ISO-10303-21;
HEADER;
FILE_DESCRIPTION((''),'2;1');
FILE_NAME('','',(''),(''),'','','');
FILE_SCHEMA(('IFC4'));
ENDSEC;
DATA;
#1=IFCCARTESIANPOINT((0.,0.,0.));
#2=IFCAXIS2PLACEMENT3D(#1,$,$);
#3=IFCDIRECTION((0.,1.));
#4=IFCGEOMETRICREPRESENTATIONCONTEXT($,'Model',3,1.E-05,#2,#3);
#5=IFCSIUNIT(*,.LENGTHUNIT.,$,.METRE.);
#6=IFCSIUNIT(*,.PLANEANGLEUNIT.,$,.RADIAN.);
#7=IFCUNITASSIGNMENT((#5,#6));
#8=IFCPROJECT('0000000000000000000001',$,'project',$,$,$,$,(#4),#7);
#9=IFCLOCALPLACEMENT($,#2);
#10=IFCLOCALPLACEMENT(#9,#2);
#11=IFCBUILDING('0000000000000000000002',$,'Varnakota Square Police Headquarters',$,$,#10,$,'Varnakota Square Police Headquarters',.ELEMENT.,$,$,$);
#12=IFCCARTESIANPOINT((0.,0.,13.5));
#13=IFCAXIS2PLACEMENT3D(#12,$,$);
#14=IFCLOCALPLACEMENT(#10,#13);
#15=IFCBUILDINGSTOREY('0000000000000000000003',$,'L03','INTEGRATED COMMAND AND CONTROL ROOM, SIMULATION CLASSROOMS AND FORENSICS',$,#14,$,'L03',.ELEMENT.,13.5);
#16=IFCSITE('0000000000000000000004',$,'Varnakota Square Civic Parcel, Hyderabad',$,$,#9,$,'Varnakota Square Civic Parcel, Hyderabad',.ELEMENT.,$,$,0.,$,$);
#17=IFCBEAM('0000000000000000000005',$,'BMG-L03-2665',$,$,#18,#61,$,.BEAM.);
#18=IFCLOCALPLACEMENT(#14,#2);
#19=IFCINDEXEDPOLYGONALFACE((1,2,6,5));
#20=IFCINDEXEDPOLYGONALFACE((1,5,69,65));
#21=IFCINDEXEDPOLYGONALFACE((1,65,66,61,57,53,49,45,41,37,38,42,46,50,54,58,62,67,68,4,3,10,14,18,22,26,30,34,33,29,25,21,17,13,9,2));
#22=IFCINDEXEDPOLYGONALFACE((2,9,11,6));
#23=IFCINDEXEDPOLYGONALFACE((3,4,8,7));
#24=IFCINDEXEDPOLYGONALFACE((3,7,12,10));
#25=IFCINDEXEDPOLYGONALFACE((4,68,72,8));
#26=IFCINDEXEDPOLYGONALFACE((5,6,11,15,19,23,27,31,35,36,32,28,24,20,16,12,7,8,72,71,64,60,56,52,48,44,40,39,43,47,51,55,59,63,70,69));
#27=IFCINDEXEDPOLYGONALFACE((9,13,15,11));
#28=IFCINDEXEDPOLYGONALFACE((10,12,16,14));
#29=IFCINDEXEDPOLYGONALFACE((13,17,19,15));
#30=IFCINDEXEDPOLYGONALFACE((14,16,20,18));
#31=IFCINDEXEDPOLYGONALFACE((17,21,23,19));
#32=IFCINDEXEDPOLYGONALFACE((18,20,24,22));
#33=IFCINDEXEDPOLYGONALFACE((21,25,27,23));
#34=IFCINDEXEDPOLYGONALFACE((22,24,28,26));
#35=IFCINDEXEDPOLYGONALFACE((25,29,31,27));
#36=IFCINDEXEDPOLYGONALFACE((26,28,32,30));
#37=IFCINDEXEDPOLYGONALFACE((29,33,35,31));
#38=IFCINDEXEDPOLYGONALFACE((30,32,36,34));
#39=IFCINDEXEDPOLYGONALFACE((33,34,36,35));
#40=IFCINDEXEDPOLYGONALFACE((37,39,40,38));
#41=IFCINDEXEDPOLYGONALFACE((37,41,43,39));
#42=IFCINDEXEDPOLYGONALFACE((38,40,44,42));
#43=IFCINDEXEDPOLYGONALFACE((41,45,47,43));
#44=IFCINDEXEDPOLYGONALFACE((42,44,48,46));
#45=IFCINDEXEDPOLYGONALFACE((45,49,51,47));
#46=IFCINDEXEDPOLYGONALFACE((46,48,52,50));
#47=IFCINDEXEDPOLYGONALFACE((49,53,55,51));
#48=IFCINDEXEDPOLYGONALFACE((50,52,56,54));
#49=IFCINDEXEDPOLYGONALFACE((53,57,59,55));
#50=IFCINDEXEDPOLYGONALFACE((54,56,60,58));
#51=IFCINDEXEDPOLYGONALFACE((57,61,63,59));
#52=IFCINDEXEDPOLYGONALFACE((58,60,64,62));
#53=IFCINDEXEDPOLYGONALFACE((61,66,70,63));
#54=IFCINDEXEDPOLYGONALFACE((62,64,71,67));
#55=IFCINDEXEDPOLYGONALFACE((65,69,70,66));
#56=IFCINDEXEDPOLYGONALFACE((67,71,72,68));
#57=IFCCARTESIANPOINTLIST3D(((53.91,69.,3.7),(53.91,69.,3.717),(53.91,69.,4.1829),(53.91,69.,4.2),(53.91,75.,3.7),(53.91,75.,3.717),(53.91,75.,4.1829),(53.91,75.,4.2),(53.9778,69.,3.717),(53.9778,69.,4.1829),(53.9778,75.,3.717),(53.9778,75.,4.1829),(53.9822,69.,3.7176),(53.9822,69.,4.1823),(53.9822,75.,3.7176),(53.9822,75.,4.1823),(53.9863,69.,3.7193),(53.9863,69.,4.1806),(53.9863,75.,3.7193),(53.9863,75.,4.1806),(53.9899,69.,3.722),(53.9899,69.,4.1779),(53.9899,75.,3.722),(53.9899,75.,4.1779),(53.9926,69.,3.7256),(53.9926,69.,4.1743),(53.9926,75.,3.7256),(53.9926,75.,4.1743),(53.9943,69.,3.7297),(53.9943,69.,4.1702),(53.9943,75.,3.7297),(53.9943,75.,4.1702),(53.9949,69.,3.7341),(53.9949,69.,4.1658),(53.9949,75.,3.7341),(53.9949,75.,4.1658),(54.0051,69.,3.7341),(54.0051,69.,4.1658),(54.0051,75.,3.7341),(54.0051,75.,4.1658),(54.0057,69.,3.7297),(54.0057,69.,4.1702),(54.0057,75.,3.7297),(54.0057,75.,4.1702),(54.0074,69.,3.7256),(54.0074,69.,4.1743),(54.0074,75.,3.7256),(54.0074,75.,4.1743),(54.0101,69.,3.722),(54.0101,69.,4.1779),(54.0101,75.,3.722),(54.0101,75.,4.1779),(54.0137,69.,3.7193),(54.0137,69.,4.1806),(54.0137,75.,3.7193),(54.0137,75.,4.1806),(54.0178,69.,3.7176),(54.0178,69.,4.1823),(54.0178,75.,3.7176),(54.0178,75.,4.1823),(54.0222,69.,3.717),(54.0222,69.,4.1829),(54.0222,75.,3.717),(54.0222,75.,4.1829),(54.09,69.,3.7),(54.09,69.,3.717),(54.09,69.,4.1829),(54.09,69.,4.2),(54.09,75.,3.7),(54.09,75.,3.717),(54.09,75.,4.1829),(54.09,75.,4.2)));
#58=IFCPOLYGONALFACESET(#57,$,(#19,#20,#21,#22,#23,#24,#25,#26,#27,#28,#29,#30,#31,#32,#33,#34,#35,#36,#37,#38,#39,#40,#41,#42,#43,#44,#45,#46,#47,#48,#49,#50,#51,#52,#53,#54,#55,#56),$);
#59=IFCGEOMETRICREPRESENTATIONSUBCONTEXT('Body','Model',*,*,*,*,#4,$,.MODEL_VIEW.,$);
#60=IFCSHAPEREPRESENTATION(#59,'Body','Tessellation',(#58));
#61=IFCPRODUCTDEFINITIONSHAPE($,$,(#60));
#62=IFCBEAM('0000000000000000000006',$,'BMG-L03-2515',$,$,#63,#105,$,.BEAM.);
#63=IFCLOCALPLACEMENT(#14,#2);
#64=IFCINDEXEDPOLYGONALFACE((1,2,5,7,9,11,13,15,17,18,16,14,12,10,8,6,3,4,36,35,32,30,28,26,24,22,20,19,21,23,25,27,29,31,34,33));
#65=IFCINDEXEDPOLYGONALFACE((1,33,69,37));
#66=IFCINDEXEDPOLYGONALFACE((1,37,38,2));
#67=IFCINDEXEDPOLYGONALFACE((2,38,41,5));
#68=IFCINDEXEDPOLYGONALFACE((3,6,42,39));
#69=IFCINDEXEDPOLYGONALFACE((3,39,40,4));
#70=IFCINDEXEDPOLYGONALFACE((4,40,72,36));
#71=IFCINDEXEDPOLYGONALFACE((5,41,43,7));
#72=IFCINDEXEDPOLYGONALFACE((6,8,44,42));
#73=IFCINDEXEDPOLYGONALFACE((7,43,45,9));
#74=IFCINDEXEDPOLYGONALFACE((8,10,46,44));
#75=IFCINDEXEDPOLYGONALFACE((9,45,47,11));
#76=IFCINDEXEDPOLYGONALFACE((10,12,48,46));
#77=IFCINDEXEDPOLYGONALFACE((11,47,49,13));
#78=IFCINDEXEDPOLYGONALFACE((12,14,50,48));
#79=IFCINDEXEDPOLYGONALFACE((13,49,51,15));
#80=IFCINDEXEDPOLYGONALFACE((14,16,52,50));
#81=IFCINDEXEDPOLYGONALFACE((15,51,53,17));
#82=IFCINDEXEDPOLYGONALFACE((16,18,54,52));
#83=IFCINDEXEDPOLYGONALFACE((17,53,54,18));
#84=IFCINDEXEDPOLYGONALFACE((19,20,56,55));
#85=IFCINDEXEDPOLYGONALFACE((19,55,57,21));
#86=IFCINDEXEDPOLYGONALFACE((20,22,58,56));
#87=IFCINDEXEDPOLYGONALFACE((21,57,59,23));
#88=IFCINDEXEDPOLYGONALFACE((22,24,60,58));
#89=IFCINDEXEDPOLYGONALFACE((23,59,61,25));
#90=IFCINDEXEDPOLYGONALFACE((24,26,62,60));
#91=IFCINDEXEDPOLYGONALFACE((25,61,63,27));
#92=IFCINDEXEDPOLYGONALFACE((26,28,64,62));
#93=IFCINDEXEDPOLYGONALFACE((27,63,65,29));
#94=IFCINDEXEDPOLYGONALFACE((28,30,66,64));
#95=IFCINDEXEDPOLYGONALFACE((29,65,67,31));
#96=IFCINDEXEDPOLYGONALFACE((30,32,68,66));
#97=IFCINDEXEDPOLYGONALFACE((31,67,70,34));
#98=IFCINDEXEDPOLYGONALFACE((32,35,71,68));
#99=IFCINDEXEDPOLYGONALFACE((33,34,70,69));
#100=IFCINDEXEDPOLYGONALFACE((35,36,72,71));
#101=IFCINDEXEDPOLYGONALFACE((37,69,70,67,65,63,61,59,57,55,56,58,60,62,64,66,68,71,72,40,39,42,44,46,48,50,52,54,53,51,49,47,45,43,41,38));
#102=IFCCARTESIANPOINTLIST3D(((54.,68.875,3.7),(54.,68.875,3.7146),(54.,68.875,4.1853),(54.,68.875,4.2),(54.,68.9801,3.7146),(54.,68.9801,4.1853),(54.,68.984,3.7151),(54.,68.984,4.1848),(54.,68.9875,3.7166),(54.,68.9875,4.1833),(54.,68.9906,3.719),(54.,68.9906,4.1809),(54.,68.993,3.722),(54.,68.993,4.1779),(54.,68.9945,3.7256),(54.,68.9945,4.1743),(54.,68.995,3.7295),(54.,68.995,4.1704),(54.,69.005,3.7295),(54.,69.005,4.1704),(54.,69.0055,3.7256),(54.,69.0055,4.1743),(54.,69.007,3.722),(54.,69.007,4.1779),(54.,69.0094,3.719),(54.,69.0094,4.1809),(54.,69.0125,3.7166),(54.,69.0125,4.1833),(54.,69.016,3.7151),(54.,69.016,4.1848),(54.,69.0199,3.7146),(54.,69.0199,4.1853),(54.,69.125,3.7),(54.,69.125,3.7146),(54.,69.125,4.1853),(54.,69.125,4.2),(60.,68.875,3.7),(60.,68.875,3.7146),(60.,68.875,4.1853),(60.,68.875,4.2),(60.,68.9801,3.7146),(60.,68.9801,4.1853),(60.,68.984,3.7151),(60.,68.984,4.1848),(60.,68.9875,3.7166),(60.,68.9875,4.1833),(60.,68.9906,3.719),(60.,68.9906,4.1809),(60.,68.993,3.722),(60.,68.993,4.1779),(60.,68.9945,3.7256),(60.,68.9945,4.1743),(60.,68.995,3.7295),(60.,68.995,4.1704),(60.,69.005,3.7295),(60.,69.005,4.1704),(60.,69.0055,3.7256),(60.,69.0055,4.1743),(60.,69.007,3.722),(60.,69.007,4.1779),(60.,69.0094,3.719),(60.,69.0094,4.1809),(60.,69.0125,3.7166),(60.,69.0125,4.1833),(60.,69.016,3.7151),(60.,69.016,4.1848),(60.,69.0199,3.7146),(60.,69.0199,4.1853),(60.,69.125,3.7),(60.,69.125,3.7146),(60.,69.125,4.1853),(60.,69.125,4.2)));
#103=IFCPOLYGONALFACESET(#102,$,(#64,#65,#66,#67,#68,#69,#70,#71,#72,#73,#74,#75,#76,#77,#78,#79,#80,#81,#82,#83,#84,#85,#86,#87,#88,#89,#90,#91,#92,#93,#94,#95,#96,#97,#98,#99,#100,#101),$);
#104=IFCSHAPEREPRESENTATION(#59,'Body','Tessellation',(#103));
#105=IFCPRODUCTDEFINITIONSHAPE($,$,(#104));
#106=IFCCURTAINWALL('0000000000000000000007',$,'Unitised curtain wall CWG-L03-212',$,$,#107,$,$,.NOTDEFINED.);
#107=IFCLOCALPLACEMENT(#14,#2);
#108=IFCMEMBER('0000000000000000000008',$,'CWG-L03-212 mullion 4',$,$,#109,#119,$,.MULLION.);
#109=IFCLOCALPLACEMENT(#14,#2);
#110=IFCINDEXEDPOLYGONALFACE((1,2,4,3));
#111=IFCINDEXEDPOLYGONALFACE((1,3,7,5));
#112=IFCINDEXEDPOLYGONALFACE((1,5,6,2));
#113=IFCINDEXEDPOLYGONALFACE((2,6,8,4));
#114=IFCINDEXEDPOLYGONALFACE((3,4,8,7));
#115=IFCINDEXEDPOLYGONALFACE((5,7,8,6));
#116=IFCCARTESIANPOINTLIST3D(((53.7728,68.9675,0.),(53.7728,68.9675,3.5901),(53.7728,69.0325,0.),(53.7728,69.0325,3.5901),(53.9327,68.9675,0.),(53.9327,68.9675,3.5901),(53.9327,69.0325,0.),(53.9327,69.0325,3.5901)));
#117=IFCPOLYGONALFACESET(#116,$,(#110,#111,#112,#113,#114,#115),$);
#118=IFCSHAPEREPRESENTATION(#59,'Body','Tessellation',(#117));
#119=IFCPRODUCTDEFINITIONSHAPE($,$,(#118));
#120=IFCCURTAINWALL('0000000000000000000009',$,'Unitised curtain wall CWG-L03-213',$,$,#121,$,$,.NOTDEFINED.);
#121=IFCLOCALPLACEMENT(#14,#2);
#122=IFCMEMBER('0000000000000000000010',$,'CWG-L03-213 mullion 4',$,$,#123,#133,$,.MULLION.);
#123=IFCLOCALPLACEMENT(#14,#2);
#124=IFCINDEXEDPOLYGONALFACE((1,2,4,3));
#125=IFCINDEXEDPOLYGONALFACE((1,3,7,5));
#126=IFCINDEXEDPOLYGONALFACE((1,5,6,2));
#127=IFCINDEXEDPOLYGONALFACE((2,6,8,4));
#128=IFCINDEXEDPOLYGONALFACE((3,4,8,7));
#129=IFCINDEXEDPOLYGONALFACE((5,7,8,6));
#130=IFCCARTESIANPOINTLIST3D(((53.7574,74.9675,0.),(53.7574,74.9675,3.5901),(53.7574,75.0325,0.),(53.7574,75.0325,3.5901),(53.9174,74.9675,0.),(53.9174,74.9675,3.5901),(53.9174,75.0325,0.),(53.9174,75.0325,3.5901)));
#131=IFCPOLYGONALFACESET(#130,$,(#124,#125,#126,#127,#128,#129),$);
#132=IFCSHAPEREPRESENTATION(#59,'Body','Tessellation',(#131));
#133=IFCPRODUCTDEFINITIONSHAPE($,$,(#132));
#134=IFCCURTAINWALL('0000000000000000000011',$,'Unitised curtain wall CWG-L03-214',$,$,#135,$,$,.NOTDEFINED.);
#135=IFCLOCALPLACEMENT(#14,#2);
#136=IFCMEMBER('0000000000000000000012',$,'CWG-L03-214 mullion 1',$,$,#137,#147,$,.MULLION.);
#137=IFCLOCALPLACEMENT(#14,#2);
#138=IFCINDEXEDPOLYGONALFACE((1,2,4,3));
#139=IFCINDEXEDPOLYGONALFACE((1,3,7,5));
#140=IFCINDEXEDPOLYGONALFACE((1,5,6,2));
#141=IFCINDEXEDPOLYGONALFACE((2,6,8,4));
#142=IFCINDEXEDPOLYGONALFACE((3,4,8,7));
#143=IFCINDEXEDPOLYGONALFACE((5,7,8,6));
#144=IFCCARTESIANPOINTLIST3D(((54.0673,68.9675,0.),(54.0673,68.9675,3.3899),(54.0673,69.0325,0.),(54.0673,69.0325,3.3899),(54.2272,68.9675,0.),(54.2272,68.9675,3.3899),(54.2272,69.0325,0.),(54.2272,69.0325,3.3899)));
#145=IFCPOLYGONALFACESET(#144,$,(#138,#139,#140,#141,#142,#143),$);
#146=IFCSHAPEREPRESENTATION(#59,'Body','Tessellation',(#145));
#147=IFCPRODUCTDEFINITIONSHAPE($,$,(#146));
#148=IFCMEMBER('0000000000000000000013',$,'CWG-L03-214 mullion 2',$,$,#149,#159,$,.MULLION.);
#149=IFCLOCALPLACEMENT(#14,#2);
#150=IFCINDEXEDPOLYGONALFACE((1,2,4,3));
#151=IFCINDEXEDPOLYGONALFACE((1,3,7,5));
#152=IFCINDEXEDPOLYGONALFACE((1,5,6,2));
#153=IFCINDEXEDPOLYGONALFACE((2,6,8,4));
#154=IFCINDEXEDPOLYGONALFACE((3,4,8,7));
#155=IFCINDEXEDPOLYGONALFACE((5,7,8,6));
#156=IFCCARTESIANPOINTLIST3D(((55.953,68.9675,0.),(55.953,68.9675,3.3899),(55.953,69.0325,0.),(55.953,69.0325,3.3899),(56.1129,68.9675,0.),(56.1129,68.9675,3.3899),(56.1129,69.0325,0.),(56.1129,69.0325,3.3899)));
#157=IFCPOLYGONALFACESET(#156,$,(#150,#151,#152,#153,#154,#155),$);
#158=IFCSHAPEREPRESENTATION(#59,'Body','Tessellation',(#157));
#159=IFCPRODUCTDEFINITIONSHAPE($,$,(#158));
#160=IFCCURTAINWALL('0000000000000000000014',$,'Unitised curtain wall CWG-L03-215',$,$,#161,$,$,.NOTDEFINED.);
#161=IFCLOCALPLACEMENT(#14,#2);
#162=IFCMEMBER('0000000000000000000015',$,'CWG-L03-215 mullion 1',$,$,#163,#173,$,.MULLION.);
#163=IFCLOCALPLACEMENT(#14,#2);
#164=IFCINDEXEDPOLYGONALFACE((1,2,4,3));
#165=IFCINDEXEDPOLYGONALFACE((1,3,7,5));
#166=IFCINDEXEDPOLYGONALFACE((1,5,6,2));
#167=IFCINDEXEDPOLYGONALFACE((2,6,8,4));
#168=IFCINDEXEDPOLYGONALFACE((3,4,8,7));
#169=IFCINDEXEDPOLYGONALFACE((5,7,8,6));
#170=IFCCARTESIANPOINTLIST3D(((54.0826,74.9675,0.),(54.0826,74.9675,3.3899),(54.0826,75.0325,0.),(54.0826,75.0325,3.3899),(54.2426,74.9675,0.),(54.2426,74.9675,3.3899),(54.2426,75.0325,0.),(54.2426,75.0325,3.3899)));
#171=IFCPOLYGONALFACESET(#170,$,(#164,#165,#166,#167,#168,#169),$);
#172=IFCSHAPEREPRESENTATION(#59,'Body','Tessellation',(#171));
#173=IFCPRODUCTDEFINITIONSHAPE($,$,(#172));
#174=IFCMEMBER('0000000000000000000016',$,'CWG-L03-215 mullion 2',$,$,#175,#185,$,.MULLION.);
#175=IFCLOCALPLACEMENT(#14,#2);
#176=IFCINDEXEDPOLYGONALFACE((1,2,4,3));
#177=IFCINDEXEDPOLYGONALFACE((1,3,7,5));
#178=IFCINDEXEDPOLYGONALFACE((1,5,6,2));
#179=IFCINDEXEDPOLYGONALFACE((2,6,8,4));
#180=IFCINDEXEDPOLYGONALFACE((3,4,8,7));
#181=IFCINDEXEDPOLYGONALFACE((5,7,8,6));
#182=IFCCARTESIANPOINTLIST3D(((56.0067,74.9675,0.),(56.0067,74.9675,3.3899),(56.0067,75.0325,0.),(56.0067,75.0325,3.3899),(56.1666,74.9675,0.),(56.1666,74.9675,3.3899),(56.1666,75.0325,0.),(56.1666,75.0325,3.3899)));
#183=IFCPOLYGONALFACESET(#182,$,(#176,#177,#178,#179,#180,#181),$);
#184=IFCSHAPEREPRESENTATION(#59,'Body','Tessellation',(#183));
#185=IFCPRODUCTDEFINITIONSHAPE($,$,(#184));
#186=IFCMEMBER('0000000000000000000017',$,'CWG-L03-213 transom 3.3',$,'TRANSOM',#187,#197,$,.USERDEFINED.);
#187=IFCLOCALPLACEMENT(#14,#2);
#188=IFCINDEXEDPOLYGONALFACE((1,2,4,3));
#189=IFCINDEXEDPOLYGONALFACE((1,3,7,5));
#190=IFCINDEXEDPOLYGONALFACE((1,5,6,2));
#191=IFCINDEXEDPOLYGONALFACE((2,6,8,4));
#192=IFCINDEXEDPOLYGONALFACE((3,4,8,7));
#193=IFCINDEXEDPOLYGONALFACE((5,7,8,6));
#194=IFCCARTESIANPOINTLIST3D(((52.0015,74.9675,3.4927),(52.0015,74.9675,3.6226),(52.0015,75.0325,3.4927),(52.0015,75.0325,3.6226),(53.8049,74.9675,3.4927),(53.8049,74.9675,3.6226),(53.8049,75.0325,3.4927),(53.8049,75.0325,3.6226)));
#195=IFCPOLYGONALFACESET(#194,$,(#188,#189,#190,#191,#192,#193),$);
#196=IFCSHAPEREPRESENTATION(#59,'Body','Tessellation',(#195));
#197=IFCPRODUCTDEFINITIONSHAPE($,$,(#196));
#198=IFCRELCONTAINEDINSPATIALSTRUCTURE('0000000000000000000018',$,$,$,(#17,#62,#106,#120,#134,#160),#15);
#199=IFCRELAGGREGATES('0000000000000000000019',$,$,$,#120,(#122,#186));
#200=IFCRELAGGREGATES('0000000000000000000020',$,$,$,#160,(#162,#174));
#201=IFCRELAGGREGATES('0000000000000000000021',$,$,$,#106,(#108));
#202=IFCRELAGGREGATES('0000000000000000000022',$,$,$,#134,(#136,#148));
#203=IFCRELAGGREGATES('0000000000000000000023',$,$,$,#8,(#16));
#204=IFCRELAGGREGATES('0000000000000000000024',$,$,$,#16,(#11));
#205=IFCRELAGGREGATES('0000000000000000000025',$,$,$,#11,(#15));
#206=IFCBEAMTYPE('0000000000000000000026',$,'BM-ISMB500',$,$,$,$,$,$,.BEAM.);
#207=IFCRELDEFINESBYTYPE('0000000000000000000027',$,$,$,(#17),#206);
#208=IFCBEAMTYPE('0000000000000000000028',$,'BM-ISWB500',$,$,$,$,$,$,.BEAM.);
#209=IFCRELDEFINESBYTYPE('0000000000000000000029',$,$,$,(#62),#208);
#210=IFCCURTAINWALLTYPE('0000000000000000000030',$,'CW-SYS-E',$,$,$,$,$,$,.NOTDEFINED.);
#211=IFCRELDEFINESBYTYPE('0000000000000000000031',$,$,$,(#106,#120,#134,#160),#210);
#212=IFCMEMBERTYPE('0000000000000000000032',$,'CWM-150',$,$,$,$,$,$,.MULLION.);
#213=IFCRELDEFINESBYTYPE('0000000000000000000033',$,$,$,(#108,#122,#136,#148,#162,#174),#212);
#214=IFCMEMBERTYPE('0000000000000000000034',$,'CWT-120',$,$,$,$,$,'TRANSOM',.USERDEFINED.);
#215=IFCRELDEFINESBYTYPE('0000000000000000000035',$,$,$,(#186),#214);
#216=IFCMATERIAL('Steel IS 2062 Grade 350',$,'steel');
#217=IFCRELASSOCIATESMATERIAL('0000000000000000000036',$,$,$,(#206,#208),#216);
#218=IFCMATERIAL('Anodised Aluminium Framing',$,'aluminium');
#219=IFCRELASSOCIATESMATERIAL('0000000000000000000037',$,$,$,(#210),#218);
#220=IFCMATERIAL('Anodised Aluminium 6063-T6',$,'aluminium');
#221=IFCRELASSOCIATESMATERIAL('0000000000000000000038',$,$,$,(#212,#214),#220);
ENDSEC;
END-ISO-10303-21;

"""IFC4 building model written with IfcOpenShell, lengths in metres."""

from ifc_helpers import new_model, si_unit, direction, frame, origin, origin_2d, place, context, subcontext, project, spatial, rectangle, i_section, extrude, material, material_profile, profile_set, type_object, element, aggregate, save


model = new_model("IFC4")

# Units and contexts
model_context = context("Model", 3, precision=1e-05, world=origin(), true_north=direction((0.0, 1.0)))
body_context = subcontext(model_context, "Body", "Model", "MODEL_VIEW")
ifc_project = project(units=[si_unit("LENGTHUNIT", "METRE"), si_unit("PLANEANGLEUNIT", "RADIAN")], contexts=[model_context])

# Site, building, storey
site_placement = place(None, origin())
site = spatial("IfcSite", under=ifc_project, at=site_placement, Name="Varnakota Square Civic Parcel, Hyderabad", LongName="Varnakota Square Civic Parcel, Hyderabad", CompositionType="ELEMENT", RefElevation=0.0)
building_placement = place(site_placement, origin())
building = spatial("IfcBuilding", under=site, at=building_placement, Name="Varnakota Square Police Headquarters", LongName="Varnakota Square Police Headquarters", CompositionType="ELEMENT")
storey_placement = place(building_placement, frame((0.0, 0.0, 13.5)))
storey = spatial("IfcBuildingStorey", under=building, at=storey_placement, Name="L03", Description="INTEGRATED COMMAND AND CONTROL ROOM, SIMULATION CLASSROOMS AND FORENSICS", LongName="L03", CompositionType="ELEMENT", Elevation=13.5)

# Shared definitions
ifc_material_1 = material(Name="Steel IS 2062 Grade 350", Category="steel")

# Beams
ifc_material_profile_1 = material_profile(ifc_material_1, i_section(OverallWidth=0.1799, OverallDepth=0.5, WebThickness=0.0103, FlangeThickness=0.0171, FilletRadius=0.0171, at=origin_2d()), Name="ISMB 500")
ifc_profile_set_1 = profile_set([ifc_material_profile_1], Name="Steel IS 2062 Grade 350")
beam_type_1 = type_object("IfcBeamType", Name="BM-ISMB500", PredefinedType="BEAM", material=ifc_profile_set_1)
beam_1_placement = place(storey_placement, frame((54.0, 69.0, 3.95), z_axis=(0.0, 1.0, 0.0), x_axis=(-1.0, 0.0, 0.0)))
element("IfcBeam", 1, at=beam_1_placement, inside=storey, type_object=beam_type_1, Name="BMG-L03-2665", PredefinedType="BEAM", context=body_context, shape_type="SweptSolid", body=[
    extrude(i_section(OverallWidth=0.1799, OverallDepth=0.5, WebThickness=0.0103, FlangeThickness=0.0171, FilletRadius=0.0171, at=origin_2d()), origin(), (0.0, 0.0, 1.0), 6.0),
])
ifc_material_profile_2 = material_profile(ifc_material_1, i_section(OverallWidth=0.25, OverallDepth=0.5, WebThickness=0.01, FlangeThickness=0.0146, FilletRadius=0.0149, at=origin_2d()), Name="ISWB 500")
ifc_profile_set_2 = profile_set([ifc_material_profile_2], Name="Steel IS 2062 Grade 350")
beam_type_2 = type_object("IfcBeamType", Name="BM-ISWB500", PredefinedType="BEAM", material=ifc_profile_set_2)
beam_2_placement = place(storey_placement, frame((54.0, 69.0, 3.95), z_axis=(1.0, 0.0, 0.0), x_axis=(0.0, 1.0, 0.0)))
element("IfcBeam", 2, at=beam_2_placement, inside=storey, type_object=beam_type_2, Name="BMG-L03-2515", PredefinedType="BEAM", context=body_context, shape_type="SweptSolid", body=[
    extrude(i_section(OverallWidth=0.25, OverallDepth=0.5, WebThickness=0.01, FlangeThickness=0.0146, FilletRadius=0.0149, at=origin_2d()), origin(), (0.0, 0.0, 1.0), 6.0),
])

# Curtain walls, members
ifc_material_2 = material(Name="Anodised Aluminium Framing", Category="aluminium")
curtain_wall_type = type_object("IfcCurtainWallType", Name="CW-SYS-E", PredefinedType="NOTDEFINED", material=ifc_material_2)
curtain_wall_1_placement = place(storey_placement, origin())
curtain_wall_1 = element("IfcCurtainWall", 3, at=curtain_wall_1_placement, inside=storey, type_object=curtain_wall_type, Name="Unitised curtain wall CWG-L03-212", PredefinedType="NOTDEFINED")
ifc_material_3 = material(Name="Anodised Aluminium 6063-T6", Category="aluminium")
ifc_material_profile_3 = material_profile(ifc_material_3, rectangle(XDim=0.0649, YDim=0.1599, at=origin_2d()), Name="ALU MULLION 65x160")
ifc_profile_set_3 = profile_set([ifc_material_profile_3], Name="Anodised Aluminium 6063-T6")
member_type_1 = type_object("IfcMemberType", Name="CWM-150", PredefinedType="MULLION", material=ifc_profile_set_3)
member_1_placement = place(storey_placement, frame((53.8528, 69.0, 0.0), z_axis=(0.0, 0.0, 1.0), x_axis=(0.0, 1.0, 0.0)))
member_1 = element("IfcMember", 4, at=member_1_placement, type_object=member_type_1, Name="CWG-L03-212 mullion 4", PredefinedType="MULLION", context=body_context, shape_type="SweptSolid", body=[
    extrude(rectangle(XDim=0.0649, YDim=0.1599, at=origin_2d()), origin(), (0.0, 0.0, 1.0), 3.5901),
])
curtain_wall_2_placement = place(storey_placement, origin())
curtain_wall_2 = element("IfcCurtainWall", 5, at=curtain_wall_2_placement, inside=storey, type_object=curtain_wall_type, Name="Unitised curtain wall CWG-L03-213", PredefinedType="NOTDEFINED")
member_2_placement = place(storey_placement, frame((53.8374, 75.0, 0.0), z_axis=(0.0, 0.0, 1.0), x_axis=(0.0, 1.0, 0.0)))
member_2 = element("IfcMember", 6, at=member_2_placement, type_object=member_type_1, Name="CWG-L03-213 mullion 4", PredefinedType="MULLION", context=body_context, shape_type="SweptSolid", body=[
    extrude(rectangle(XDim=0.0649, YDim=0.1599, at=origin_2d()), origin(), (0.0, 0.0, 1.0), 3.5901),
])

# Curtain walls, members
curtain_wall_3_placement = place(storey_placement, origin())
curtain_wall_3 = element("IfcCurtainWall", 7, at=curtain_wall_3_placement, inside=storey, type_object=curtain_wall_type, Name="Unitised curtain wall CWG-L03-214", PredefinedType="NOTDEFINED")
member_3_placement = place(storey_placement, frame((54.1472, 69.0, 0.0), z_axis=(0.0, 0.0, 1.0), x_axis=(0.0, 1.0, 0.0)))
member_3 = element("IfcMember", 8, at=member_3_placement, type_object=member_type_1, Name="CWG-L03-214 mullion 1", PredefinedType="MULLION", context=body_context, shape_type="SweptSolid", body=[
    extrude(rectangle(XDim=0.0649, YDim=0.1599, at=origin_2d()), origin(), (0.0, 0.0, 1.0), 3.3899),
])
member_4_placement = place(storey_placement, frame((56.033, 69.0, 0.0), z_axis=(0.0, 0.0, 1.0), x_axis=(0.0, 1.0, 0.0)))
member_4 = element("IfcMember", 9, at=member_4_placement, type_object=member_type_1, Name="CWG-L03-214 mullion 2", PredefinedType="MULLION", context=body_context, shape_type="SweptSolid", body=[
    extrude(rectangle(XDim=0.0649, YDim=0.1599, at=origin_2d()), origin(), (0.0, 0.0, 1.0), 3.3899),
])
curtain_wall_4_placement = place(storey_placement, origin())
curtain_wall_4 = element("IfcCurtainWall", 10, at=curtain_wall_4_placement, inside=storey, type_object=curtain_wall_type, Name="Unitised curtain wall CWG-L03-215", PredefinedType="NOTDEFINED")
member_5_placement = place(storey_placement, frame((54.1626, 75.0, 0.0), z_axis=(0.0, 0.0, 1.0), x_axis=(0.0, 1.0, 0.0)))
member_5 = element("IfcMember", 11, at=member_5_placement, type_object=member_type_1, Name="CWG-L03-215 mullion 1", PredefinedType="MULLION", context=body_context, shape_type="SweptSolid", body=[
    extrude(rectangle(XDim=0.0649, YDim=0.1599, at=origin_2d()), origin(), (0.0, 0.0, 1.0), 3.3899),
])
member_6_placement = place(storey_placement, frame((56.0867, 75.0, 0.0), z_axis=(0.0, 0.0, 1.0), x_axis=(0.0, 1.0, 0.0)))
member_6 = element("IfcMember", 12, at=member_6_placement, type_object=member_type_1, Name="CWG-L03-215 mullion 2", PredefinedType="MULLION", context=body_context, shape_type="SweptSolid", body=[
    extrude(rectangle(XDim=0.0649, YDim=0.1599, at=origin_2d()), origin(), (0.0, 0.0, 1.0), 3.3899),
])

# Member
ifc_material_profile_4 = material_profile(ifc_material_3, rectangle(XDim=0.0649, YDim=0.1299, at=origin_2d()), Name="ALU TRANSOM 65x130")
ifc_profile_set_4 = profile_set([ifc_material_profile_4], Name="Anodised Aluminium 6063-T6")
member_type_2 = type_object("IfcMemberType", Name="CWT-120", ElementType="TRANSOM", PredefinedType="USERDEFINED", material=ifc_profile_set_4)
member_7_placement = place(storey_placement, frame((52.0015, 75.0, 3.5576), z_axis=(1.0, 0.0, 0.0), x_axis=(0.0, 1.0, 0.0)))
member_7 = element("IfcMember", 13, at=member_7_placement, type_object=member_type_2, Name="CWG-L03-213 transom 3.3", ObjectType="TRANSOM", PredefinedType="USERDEFINED", context=body_context, shape_type="SweptSolid", body=[
    extrude(rectangle(XDim=0.0649, YDim=0.1299, at=origin_2d()), origin(), (0.0, 0.0, 1.0), 1.8035),
])

aggregate(curtain_wall_2, [member_2, member_7])
aggregate(curtain_wall_4, [member_5, member_6])
aggregate(curtain_wall_1, [member_1])
aggregate(curtain_wall_3, [member_3, member_4])

save(model, "model.ifc")
